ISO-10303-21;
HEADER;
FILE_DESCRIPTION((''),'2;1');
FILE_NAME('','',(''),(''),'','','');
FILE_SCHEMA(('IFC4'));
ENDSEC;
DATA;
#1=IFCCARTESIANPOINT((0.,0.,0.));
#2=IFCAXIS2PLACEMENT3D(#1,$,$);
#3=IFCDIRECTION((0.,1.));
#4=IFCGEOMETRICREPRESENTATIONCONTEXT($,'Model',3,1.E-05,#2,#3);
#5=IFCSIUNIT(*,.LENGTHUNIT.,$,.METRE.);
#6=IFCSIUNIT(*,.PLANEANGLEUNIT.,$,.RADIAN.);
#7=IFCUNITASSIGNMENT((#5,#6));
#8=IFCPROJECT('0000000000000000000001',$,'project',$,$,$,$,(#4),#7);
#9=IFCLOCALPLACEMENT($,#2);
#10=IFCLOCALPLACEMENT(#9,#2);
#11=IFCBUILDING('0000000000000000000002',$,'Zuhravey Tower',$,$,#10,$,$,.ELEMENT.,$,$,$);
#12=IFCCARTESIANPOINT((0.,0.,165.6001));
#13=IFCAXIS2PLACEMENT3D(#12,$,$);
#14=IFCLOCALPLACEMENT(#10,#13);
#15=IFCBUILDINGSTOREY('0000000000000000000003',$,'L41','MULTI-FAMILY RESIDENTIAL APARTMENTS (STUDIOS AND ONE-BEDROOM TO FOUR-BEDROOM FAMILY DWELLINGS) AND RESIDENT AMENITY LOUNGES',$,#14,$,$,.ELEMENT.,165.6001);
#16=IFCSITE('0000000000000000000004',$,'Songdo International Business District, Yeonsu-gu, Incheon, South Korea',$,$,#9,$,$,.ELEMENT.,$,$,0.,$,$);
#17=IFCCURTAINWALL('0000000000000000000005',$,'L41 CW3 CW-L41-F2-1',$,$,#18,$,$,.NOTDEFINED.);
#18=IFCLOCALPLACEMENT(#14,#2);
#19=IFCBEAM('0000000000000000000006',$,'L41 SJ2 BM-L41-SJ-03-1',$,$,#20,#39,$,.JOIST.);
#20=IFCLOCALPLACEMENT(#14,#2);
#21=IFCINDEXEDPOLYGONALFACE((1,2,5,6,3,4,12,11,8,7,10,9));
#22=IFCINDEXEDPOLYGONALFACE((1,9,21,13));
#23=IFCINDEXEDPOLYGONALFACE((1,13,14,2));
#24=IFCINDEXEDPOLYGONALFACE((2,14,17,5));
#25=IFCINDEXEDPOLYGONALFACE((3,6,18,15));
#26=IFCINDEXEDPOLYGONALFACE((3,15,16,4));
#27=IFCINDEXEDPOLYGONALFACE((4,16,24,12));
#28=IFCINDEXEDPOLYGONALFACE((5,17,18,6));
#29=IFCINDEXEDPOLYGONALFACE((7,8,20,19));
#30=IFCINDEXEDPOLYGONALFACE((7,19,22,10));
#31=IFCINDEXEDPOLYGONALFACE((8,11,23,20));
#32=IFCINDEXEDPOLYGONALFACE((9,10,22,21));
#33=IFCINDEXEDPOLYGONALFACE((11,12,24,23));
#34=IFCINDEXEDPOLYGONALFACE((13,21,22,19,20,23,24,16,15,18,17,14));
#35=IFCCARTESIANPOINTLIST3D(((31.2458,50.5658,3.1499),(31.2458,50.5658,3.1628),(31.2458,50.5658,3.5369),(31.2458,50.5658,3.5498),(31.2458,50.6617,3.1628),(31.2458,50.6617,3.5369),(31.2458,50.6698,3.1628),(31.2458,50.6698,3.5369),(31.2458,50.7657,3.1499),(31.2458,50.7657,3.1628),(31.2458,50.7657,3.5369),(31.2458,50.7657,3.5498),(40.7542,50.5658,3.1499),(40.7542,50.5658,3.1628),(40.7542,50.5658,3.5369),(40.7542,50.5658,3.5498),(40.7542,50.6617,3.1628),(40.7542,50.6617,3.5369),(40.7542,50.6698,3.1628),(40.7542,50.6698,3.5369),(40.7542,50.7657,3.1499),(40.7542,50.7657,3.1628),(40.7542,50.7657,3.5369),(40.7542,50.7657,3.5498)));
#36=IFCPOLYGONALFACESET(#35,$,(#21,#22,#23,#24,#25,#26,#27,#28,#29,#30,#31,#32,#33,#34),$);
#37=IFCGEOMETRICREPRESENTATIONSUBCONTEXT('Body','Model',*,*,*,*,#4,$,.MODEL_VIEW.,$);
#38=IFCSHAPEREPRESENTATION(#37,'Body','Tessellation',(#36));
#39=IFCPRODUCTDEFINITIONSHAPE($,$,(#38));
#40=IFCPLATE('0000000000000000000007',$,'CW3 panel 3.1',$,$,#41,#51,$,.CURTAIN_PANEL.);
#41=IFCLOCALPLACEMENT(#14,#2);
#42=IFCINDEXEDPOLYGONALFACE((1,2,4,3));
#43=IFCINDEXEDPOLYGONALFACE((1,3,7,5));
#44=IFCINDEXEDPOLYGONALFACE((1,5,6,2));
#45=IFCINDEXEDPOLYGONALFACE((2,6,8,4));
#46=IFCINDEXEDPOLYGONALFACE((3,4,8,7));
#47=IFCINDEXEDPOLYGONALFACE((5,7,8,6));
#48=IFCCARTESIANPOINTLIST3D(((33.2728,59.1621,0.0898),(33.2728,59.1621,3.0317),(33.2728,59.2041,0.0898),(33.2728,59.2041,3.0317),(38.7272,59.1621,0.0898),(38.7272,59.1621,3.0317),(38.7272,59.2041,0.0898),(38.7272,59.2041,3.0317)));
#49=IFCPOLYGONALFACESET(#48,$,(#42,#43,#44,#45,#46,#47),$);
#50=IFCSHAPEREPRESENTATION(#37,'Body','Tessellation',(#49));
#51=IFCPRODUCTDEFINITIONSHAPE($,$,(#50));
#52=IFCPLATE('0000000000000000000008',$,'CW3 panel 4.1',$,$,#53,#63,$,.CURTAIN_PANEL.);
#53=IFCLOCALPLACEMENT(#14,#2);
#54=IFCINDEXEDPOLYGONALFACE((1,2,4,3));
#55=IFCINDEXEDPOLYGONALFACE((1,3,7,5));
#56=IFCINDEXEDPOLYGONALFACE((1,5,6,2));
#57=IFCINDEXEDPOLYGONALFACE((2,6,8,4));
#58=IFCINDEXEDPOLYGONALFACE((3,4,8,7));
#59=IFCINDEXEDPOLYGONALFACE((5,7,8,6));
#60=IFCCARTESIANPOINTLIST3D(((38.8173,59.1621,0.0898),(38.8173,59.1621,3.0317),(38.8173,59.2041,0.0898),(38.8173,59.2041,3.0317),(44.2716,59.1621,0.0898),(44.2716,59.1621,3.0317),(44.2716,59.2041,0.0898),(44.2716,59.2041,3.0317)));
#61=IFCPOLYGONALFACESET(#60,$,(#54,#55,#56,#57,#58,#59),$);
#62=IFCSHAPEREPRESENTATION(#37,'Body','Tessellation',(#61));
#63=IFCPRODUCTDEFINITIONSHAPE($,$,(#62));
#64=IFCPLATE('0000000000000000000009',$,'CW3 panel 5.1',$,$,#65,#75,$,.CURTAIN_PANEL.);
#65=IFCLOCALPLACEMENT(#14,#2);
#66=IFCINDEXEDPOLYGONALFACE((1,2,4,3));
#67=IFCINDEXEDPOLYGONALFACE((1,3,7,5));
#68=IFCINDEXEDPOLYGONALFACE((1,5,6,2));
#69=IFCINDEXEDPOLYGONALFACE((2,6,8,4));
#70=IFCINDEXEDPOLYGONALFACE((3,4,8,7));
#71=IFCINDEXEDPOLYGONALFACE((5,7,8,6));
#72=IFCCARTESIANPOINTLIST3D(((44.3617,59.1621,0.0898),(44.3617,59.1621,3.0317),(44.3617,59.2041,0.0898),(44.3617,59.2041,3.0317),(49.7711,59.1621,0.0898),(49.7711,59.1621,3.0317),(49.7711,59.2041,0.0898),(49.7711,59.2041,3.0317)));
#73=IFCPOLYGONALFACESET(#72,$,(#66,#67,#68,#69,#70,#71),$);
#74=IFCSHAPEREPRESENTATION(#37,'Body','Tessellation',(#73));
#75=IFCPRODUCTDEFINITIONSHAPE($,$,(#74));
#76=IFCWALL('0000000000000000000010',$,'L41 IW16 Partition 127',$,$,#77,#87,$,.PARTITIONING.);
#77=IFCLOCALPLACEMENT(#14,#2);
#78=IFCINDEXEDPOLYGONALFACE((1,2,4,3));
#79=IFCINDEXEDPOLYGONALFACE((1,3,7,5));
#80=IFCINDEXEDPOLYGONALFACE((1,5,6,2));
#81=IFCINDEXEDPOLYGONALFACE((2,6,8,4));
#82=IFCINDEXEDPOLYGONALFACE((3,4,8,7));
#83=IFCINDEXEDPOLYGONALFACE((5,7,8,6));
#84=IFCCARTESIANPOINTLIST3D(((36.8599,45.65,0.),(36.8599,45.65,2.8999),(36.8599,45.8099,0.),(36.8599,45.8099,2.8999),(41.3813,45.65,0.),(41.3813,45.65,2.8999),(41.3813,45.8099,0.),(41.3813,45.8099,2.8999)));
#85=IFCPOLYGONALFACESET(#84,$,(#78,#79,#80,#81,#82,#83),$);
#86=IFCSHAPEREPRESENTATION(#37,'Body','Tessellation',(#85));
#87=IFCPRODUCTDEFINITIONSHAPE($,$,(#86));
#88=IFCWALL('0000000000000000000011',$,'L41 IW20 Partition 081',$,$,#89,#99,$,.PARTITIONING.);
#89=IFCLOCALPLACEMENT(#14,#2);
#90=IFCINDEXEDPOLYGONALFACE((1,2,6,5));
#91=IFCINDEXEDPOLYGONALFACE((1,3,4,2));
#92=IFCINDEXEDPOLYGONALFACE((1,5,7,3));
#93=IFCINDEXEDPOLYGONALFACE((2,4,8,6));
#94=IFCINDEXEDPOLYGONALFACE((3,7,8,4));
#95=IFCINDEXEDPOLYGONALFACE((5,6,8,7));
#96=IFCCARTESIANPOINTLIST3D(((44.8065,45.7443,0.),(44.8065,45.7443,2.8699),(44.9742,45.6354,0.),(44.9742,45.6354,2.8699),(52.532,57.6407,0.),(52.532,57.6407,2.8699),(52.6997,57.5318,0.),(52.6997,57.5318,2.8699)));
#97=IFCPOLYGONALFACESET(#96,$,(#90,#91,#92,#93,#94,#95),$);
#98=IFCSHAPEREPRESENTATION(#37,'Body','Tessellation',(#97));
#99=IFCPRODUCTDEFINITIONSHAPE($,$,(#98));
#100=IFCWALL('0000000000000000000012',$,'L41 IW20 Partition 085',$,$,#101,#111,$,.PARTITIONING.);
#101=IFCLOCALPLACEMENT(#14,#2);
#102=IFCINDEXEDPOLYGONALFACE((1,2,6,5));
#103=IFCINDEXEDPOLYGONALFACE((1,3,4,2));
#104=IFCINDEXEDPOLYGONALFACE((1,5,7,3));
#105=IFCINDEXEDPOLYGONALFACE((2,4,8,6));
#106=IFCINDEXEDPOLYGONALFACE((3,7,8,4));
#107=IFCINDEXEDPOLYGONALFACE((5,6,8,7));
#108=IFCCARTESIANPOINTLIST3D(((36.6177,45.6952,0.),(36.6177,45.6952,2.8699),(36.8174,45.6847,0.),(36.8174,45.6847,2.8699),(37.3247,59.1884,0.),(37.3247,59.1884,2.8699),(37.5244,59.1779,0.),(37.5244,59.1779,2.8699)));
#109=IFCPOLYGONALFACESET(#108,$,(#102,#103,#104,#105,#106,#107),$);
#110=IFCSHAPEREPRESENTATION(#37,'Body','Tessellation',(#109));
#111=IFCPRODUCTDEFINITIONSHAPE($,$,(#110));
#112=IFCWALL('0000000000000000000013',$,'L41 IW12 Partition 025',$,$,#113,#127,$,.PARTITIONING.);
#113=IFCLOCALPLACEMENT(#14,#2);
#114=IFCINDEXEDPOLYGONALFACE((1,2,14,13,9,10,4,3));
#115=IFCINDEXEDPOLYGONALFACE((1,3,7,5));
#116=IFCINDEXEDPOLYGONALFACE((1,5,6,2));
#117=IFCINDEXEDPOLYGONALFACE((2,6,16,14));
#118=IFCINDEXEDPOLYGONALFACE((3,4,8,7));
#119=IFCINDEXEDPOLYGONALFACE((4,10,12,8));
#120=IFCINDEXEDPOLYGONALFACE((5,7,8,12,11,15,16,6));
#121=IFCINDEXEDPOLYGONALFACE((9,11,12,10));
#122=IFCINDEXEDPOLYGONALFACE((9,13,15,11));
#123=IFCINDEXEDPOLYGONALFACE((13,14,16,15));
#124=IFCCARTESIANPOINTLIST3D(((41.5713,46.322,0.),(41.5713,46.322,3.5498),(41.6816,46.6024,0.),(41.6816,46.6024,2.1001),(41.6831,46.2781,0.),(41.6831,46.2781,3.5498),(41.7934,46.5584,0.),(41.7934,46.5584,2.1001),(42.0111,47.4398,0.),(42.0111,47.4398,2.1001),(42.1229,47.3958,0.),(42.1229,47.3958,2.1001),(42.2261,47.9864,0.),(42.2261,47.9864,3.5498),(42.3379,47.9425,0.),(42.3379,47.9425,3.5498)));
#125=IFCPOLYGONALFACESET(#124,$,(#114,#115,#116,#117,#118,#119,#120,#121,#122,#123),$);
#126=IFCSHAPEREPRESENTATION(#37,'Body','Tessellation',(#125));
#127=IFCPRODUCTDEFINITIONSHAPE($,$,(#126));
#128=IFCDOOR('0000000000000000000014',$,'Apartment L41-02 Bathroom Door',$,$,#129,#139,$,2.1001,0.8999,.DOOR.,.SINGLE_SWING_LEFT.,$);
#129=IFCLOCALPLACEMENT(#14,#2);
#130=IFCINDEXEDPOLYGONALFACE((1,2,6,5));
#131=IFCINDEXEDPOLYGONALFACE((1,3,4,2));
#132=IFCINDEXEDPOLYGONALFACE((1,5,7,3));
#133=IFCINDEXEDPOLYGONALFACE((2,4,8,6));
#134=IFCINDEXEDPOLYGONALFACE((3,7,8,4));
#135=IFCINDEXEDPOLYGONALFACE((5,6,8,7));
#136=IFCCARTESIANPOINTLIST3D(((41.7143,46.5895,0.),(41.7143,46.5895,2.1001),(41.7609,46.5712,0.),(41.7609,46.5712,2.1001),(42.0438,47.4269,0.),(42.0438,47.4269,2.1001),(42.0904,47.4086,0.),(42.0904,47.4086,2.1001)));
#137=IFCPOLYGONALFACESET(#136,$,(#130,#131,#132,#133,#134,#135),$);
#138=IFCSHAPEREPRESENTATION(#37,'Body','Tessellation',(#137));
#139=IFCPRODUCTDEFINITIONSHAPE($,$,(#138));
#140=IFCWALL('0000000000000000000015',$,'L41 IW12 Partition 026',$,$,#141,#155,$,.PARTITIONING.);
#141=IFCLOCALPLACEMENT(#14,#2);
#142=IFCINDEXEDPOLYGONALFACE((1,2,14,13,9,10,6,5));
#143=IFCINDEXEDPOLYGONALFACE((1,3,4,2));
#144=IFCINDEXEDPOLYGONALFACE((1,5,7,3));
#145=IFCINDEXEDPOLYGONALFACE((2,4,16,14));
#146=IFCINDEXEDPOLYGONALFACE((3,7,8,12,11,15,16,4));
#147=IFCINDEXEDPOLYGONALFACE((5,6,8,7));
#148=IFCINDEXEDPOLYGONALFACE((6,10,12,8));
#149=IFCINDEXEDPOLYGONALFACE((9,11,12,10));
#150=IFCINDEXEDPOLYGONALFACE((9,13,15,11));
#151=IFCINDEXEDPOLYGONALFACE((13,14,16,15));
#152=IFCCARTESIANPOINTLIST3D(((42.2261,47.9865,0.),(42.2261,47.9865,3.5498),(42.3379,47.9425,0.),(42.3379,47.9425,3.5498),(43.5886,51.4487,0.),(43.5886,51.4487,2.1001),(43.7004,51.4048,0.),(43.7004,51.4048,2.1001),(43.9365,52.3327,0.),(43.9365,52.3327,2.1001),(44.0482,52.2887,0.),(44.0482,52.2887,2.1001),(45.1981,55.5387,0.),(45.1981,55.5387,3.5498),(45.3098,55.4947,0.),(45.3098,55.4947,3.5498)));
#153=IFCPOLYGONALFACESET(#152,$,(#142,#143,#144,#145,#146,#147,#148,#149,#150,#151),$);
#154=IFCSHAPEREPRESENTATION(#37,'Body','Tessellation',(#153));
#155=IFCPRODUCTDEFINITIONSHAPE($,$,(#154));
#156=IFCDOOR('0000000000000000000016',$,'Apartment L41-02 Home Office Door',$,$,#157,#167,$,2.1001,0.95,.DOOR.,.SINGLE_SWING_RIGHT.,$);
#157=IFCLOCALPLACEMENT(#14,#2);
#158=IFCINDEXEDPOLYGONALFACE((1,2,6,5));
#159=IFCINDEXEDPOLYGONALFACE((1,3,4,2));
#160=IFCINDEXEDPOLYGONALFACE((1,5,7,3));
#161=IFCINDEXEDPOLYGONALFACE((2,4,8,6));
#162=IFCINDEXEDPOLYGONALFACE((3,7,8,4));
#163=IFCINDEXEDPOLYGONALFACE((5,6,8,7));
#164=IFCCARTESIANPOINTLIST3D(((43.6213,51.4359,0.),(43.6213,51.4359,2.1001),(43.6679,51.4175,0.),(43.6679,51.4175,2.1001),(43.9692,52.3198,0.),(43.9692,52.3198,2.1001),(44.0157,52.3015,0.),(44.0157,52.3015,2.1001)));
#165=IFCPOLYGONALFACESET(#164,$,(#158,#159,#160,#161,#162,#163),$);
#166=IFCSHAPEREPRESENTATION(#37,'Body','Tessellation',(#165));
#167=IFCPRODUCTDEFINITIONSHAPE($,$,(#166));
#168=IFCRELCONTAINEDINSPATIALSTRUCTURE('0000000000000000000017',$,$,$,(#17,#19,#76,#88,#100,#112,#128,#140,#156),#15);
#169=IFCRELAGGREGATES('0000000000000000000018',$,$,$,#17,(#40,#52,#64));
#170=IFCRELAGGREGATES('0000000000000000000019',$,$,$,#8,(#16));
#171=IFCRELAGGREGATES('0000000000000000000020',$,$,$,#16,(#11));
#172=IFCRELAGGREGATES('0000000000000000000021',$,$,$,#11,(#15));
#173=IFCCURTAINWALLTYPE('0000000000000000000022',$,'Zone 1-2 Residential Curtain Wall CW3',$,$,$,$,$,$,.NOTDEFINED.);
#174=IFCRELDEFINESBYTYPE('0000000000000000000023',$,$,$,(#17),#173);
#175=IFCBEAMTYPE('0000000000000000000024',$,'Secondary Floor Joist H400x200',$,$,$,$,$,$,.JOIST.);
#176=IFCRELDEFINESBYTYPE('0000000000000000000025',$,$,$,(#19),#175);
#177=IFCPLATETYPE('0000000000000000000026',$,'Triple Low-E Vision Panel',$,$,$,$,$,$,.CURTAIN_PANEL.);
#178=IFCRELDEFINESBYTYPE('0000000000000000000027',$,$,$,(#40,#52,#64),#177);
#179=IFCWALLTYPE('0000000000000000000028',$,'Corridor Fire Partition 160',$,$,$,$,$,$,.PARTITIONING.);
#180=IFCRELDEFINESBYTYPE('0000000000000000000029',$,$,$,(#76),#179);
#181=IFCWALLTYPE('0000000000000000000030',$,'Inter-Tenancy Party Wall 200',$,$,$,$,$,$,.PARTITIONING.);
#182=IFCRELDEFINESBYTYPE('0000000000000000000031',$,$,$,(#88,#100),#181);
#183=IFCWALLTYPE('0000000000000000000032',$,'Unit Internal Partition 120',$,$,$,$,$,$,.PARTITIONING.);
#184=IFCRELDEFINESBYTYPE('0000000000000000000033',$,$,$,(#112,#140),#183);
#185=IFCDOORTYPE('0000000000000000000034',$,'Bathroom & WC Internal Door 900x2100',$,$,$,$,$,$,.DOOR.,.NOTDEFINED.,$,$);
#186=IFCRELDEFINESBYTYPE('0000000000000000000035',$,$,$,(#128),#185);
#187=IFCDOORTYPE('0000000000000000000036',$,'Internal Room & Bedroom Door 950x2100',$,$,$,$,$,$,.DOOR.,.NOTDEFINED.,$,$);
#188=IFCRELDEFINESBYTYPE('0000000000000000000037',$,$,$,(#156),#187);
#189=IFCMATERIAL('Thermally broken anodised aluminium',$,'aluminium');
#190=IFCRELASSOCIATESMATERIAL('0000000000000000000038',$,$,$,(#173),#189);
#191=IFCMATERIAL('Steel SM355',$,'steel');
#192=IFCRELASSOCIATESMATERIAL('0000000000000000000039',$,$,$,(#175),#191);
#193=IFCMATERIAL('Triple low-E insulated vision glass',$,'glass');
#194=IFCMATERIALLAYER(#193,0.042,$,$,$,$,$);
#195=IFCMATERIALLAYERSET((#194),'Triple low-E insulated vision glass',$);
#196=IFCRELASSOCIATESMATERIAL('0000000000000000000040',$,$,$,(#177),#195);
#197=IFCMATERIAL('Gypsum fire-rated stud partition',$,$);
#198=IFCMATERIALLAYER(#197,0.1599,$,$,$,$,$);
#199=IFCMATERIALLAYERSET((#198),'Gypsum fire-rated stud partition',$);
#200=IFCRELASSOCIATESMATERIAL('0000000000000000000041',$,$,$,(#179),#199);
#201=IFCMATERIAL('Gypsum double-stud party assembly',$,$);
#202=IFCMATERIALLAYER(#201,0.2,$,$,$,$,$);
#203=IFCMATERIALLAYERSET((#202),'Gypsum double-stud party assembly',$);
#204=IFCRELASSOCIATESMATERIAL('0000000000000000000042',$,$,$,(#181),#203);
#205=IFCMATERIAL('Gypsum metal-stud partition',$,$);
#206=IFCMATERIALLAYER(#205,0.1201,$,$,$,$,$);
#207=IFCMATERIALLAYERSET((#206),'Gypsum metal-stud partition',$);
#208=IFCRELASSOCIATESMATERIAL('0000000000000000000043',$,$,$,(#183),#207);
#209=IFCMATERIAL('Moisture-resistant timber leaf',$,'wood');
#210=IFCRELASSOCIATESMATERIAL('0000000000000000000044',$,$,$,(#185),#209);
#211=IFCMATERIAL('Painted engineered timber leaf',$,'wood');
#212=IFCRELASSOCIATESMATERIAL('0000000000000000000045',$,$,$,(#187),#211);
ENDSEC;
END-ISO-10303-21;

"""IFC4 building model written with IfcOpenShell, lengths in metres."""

from ifc_helpers import new_model, si_unit, direction, frame, frame_2d, origin, origin_2d, place, context, subcontext, project, spatial, rectangle, i_section, extrude, material, layer, layer_set, material_profile, profile_set, type_object, element, fill, aggregate, save


model = new_model("IFC4")

# Units and contexts
model_context = context("Model", 3, precision=1e-05, world=origin(), true_north=direction((0.0, 1.0)))
body_context = subcontext(model_context, "Body", "Model", "MODEL_VIEW")
ifc_project = project(units=[si_unit("LENGTHUNIT", "METRE"), si_unit("PLANEANGLEUNIT", "RADIAN")], contexts=[model_context])

# Site, building, storey
site_placement = place(None, origin())
site = spatial("IfcSite", under=ifc_project, at=site_placement, Name="Songdo International Business District, Yeonsu-gu, Incheon, South Korea", CompositionType="ELEMENT", RefElevation=0.0)
building_placement = place(site_placement, origin())
building = spatial("IfcBuilding", under=site, at=building_placement, Name="Zuhravey Tower", CompositionType="ELEMENT")
storey_placement = place(building_placement, frame((0.0, 0.0, 165.6001)))
storey = spatial("IfcBuildingStorey", under=building, at=storey_placement, Name="L41", Description="MULTI-FAMILY RESIDENTIAL APARTMENTS (STUDIOS AND ONE-BEDROOM TO FOUR-BEDROOM FAMILY DWELLINGS) AND RESIDENT AMENITY LOUNGES", CompositionType="ELEMENT", Elevation=165.6001)

# Curtain wall
ifc_material_1 = material(Name="Thermally broken anodised aluminium", Category="aluminium")
curtain_wall_type = type_object("IfcCurtainWallType", Name="Zone 1-2 Residential Curtain Wall CW3", PredefinedType="NOTDEFINED", material=ifc_material_1)
curtain_wall_placement = place(storey_placement, origin())
curtain_wall = element("IfcCurtainWall", 1, at=curtain_wall_placement, inside=storey, type_object=curtain_wall_type, Name="L41 CW3 CW-L41-F2-1", PredefinedType="NOTDEFINED")

# Beam
ifc_material_2 = material(Name="Steel SM355", Category="steel")
ifc_material_profile_1 = material_profile(ifc_material_2, i_section(OverallWidth=0.2, OverallDepth=0.3999, WebThickness=0.0081, FlangeThickness=0.0129, at=origin_2d()), Name="H-400x200x8x13")
ifc_profile_set_1 = profile_set([ifc_material_profile_1], Name="Steel SM355")
beam_type_1 = type_object("IfcBeamType", Name="Secondary Floor Joist H400x200", PredefinedType="JOIST", material=ifc_profile_set_1)
beam_1_placement = place(storey_placement, frame((40.7542, 50.6658, 3.3499), z_axis=(-1.0, 0.0, 0.0), x_axis=(0.0, -1.0, 0.0)))
element("IfcBeam", 2, at=beam_1_placement, inside=storey, type_object=beam_type_1, Name="L41 SJ2 BM-L41-SJ-03-1", PredefinedType="JOIST", context=body_context, shape_type="SweptSolid", body=[
    extrude(i_section(OverallWidth=0.2, OverallDepth=0.3999, WebThickness=0.0081, FlangeThickness=0.0129, at=origin_2d()), origin(), (0.0, 0.0, 1.0), 9.5083),
])

# Plates
ifc_material_3 = material(Name="Triple low-E insulated vision glass", Category="glass")
ifc_layer_1 = layer(ifc_material_3, 0.042)
ifc_layer_set_1 = layer_set([ifc_layer_1], Name="Triple low-E insulated vision glass")
plate_type = type_object("IfcPlateType", Name="Triple Low-E Vision Panel", PredefinedType="CURTAIN_PANEL", material=ifc_layer_set_1)
plate_1_placement = place(storey_placement, frame((36.0, 59.1831, 0.0898), z_axis=(0.0, 0.0, 1.0), x_axis=(1.0, 0.0, 0.0)))
plate_1 = element("IfcPlate", 3, at=plate_1_placement, type_object=plate_type, Name="CW3 panel 3.1", PredefinedType="CURTAIN_PANEL", context=body_context, shape_type="SweptSolid", body=[
    extrude(rectangle(XDim=5.4543, YDim=0.042, at=origin_2d()), origin(), (0.0, 0.0, 1.0), 2.9419),
])
plate_2_placement = place(storey_placement, frame((41.5444, 59.1831, 0.0898), z_axis=(0.0, 0.0, 1.0), x_axis=(1.0, 0.0, 0.0)))
plate_2 = element("IfcPlate", 4, at=plate_2_placement, type_object=plate_type, Name="CW3 panel 4.1", PredefinedType="CURTAIN_PANEL", context=body_context, shape_type="SweptSolid", body=[
    extrude(rectangle(XDim=5.4543, YDim=0.042, at=origin_2d()), origin(), (0.0, 0.0, 1.0), 2.9419),
])
plate_3_placement = place(storey_placement, frame((47.0664, 59.1831, 0.0898), z_axis=(0.0, 0.0, 1.0), x_axis=(1.0, 0.0, 0.0)))
plate_3 = element("IfcPlate", 5, at=plate_3_placement, type_object=plate_type, Name="CW3 panel 5.1", PredefinedType="CURTAIN_PANEL", context=body_context, shape_type="SweptSolid", body=[
    extrude(rectangle(XDim=5.4094, YDim=0.042, at=origin_2d()), origin(), (0.0, 0.0, 1.0), 2.9419),
])
aggregate(curtain_wall, [plate_1, plate_2, plate_3])

# Shared definitions
ifc_material_4 = material(Name="Gypsum fire-rated stud partition")
ifc_layer_2 = layer(ifc_material_4, 0.1599)
ifc_layer_set_2 = layer_set([ifc_layer_2], Name="Gypsum fire-rated stud partition")
wall_type_1 = type_object("IfcWallType", Name="Corridor Fire Partition 160", PredefinedType="PARTITIONING", material=ifc_layer_set_2)

# Walls
wall_1_placement = place(storey_placement, frame((41.3813, 45.73, 0.0), z_axis=(0.0, 0.0, 1.0), x_axis=(-1.0, 0.0, 0.0)))
element("IfcWall", 6, at=wall_1_placement, inside=storey, type_object=wall_type_1, Name="L41 IW16 Partition 127", PredefinedType="PARTITIONING", context=body_context, shape_type="SweptSolid", body=[
    extrude(rectangle(XDim=4.5215, YDim=0.1599, at=frame_2d((2.2607, 0.0))), origin(), (0.0, 0.0, 1.0), 2.8999),
])
ifc_material_5 = material(Name="Gypsum double-stud party assembly")
ifc_layer_3 = layer(ifc_material_5, 0.2)
ifc_layer_set_3 = layer_set([ifc_layer_3], Name="Gypsum double-stud party assembly")
wall_type_2 = type_object("IfcWallType", Name="Inter-Tenancy Party Wall 200", PredefinedType="PARTITIONING", material=ifc_layer_set_3)
wall_2_placement = place(storey_placement, frame((44.8904, 45.6899, 0.0), z_axis=(0.0, 0.0, 1.0), x_axis=(0.544635, 0.838673, 0.0)))
element("IfcWall", 7, at=wall_2_placement, inside=storey, type_object=wall_type_2, Name="L41 IW20 Partition 081", PredefinedType="PARTITIONING", context=body_context, shape_type="SweptSolid", body=[
    extrude(rectangle(XDim=14.1848, YDim=0.2, at=frame_2d((7.0923, 0.0))), origin(), (0.0, 0.0, 1.0), 2.8699),
])
wall_3_placement = place(storey_placement, frame((36.7175, 45.6899, 0.0), z_axis=(0.0, 0.0, 1.0), x_axis=(0.052327, 0.99863, 0.0)))
element("IfcWall", 8, at=wall_3_placement, inside=storey, type_object=wall_type_2, Name="L41 IW20 Partition 085", PredefinedType="PARTITIONING", context=body_context, shape_type="SweptSolid", body=[
    extrude(rectangle(XDim=13.5117, YDim=0.2, at=frame_2d((6.7559, 0.0))), origin(), (0.0, 0.0, 1.0), 2.8699),
])

# Walls, openings, doors
ifc_material_6 = material(Name="Gypsum metal-stud partition")
ifc_layer_4 = layer(ifc_material_6, 0.1201)
ifc_layer_set_4 = layer_set([ifc_layer_4], Name="Gypsum metal-stud partition")
wall_type_3 = type_object("IfcWallType", Name="Unit Internal Partition 120", PredefinedType="PARTITIONING", material=ifc_layer_set_4)
wall_4_placement = place(storey_placement, frame((41.6272, 46.3, 0.0), z_axis=(0.0, 0.0, 1.0), x_axis=(0.366113, 0.930571, 0.0)))
wall_4 = element("IfcWall", 9, at=wall_4_placement, inside=storey, type_object=wall_type_3, Name="L41 IW12 Partition 025", PredefinedType="PARTITIONING", context=body_context, shape_type="SweptSolid", body=[
    extrude(rectangle(XDim=1.7886, YDim=0.1201, at=frame_2d((0.8943, 0.0))), origin(), (0.0, 0.0, 1.0), 3.5498),
])
opening_1_placement = place(wall_4_placement, frame((0.3013, 0.0, 0.0)))
opening_1 = element("IfcOpeningElement", 10, at=opening_1_placement, cuts=wall_4, PredefinedType="OPENING", context=body_context, shape_type="SweptSolid", body=[
    extrude(rectangle(XDim=0.8999, YDim=2.1001, at=frame_2d((0.45, 1.05))), frame((0.0, 0.072, 0.0), z_axis=(0.0, -1.0, 0.0), x_axis=(1.0, 0.0, 0.0)), (0.0, 0.0, 1.0), 0.144),
])
ifc_material_7 = material(Name="Moisture-resistant timber leaf", Category="wood")
door_type_1 = type_object("IfcDoorType", Name="Bathroom & WC Internal Door 900x2100", OperationType="NOTDEFINED", PredefinedType="DOOR", material=ifc_material_7)
door_1_placement = place(opening_1_placement, origin())
door_1 = element("IfcDoor", 11, at=door_1_placement, inside=storey, type_object=door_type_1, Name="Apartment L41-02 Bathroom Door", OperationType="SINGLE_SWING_LEFT", OverallHeight=2.1001, OverallWidth=0.8999, PredefinedType="DOOR", context=body_context, shape_type="SweptSolid", body=[
    extrude(rectangle(XDim=0.8999, YDim=2.1001, at=frame_2d((0.45, 1.05))), frame((0.0, 0.0249, 0.0), z_axis=(0.0, -1.0, 0.0), x_axis=(1.0, 0.0, 0.0)), (0.0, 0.0, 1.0), 0.05),
])
fill(opening_1, door_1)
wall_5_placement = place(storey_placement, frame((42.282, 47.9644, 0.0), z_axis=(0.0, 0.0, 1.0), x_axis=(0.366183, 0.930543, 0.0)))
wall_5 = element("IfcWall", 12, at=wall_5_placement, inside=storey, type_object=wall_type_3, Name="L41 IW12 Partition 026", PredefinedType="PARTITIONING", context=body_context, shape_type="SweptSolid", body=[
    extrude(rectangle(XDim=8.116, YDim=0.1201, at=frame_2d((4.0581, 0.0))), origin(), (0.0, 0.0, 1.0), 3.5498),
])
opening_2_placement = place(wall_5_placement, frame((3.7207, 0.0, 0.0)))
opening_2 = element("IfcOpeningElement", 13, at=opening_2_placement, cuts=wall_5, PredefinedType="OPENING", context=body_context, shape_type="SweptSolid", body=[
    extrude(rectangle(XDim=0.95, YDim=2.1001, at=frame_2d((0.4751, 1.05))), frame((0.0, 0.072, 0.0), z_axis=(0.0, -1.0, 0.0), x_axis=(1.0, 0.0, 0.0)), (0.0, 0.0, 1.0), 0.144),
])
ifc_material_8 = material(Name="Painted engineered timber leaf", Category="wood")
door_type_2 = type_object("IfcDoorType", Name="Internal Room & Bedroom Door 950x2100", OperationType="NOTDEFINED", PredefinedType="DOOR", material=ifc_material_8)
door_2_placement = place(opening_2_placement, origin())
door_2 = element("IfcDoor", 14, at=door_2_placement, inside=storey, type_object=door_type_2, Name="Apartment L41-02 Home Office Door", OperationType="SINGLE_SWING_RIGHT", OverallHeight=2.1001, OverallWidth=0.95, PredefinedType="DOOR", context=body_context, shape_type="SweptSolid", body=[
    extrude(rectangle(XDim=0.95, YDim=2.1001, at=frame_2d((0.4751, 1.05))), frame((0.0, 0.0249, 0.0), z_axis=(0.0, -1.0, 0.0), x_axis=(1.0, 0.0, 0.0)), (0.0, 0.0, 1.0), 0.05),
])
fill(opening_2, door_2)

save(model, "model.ifc")
